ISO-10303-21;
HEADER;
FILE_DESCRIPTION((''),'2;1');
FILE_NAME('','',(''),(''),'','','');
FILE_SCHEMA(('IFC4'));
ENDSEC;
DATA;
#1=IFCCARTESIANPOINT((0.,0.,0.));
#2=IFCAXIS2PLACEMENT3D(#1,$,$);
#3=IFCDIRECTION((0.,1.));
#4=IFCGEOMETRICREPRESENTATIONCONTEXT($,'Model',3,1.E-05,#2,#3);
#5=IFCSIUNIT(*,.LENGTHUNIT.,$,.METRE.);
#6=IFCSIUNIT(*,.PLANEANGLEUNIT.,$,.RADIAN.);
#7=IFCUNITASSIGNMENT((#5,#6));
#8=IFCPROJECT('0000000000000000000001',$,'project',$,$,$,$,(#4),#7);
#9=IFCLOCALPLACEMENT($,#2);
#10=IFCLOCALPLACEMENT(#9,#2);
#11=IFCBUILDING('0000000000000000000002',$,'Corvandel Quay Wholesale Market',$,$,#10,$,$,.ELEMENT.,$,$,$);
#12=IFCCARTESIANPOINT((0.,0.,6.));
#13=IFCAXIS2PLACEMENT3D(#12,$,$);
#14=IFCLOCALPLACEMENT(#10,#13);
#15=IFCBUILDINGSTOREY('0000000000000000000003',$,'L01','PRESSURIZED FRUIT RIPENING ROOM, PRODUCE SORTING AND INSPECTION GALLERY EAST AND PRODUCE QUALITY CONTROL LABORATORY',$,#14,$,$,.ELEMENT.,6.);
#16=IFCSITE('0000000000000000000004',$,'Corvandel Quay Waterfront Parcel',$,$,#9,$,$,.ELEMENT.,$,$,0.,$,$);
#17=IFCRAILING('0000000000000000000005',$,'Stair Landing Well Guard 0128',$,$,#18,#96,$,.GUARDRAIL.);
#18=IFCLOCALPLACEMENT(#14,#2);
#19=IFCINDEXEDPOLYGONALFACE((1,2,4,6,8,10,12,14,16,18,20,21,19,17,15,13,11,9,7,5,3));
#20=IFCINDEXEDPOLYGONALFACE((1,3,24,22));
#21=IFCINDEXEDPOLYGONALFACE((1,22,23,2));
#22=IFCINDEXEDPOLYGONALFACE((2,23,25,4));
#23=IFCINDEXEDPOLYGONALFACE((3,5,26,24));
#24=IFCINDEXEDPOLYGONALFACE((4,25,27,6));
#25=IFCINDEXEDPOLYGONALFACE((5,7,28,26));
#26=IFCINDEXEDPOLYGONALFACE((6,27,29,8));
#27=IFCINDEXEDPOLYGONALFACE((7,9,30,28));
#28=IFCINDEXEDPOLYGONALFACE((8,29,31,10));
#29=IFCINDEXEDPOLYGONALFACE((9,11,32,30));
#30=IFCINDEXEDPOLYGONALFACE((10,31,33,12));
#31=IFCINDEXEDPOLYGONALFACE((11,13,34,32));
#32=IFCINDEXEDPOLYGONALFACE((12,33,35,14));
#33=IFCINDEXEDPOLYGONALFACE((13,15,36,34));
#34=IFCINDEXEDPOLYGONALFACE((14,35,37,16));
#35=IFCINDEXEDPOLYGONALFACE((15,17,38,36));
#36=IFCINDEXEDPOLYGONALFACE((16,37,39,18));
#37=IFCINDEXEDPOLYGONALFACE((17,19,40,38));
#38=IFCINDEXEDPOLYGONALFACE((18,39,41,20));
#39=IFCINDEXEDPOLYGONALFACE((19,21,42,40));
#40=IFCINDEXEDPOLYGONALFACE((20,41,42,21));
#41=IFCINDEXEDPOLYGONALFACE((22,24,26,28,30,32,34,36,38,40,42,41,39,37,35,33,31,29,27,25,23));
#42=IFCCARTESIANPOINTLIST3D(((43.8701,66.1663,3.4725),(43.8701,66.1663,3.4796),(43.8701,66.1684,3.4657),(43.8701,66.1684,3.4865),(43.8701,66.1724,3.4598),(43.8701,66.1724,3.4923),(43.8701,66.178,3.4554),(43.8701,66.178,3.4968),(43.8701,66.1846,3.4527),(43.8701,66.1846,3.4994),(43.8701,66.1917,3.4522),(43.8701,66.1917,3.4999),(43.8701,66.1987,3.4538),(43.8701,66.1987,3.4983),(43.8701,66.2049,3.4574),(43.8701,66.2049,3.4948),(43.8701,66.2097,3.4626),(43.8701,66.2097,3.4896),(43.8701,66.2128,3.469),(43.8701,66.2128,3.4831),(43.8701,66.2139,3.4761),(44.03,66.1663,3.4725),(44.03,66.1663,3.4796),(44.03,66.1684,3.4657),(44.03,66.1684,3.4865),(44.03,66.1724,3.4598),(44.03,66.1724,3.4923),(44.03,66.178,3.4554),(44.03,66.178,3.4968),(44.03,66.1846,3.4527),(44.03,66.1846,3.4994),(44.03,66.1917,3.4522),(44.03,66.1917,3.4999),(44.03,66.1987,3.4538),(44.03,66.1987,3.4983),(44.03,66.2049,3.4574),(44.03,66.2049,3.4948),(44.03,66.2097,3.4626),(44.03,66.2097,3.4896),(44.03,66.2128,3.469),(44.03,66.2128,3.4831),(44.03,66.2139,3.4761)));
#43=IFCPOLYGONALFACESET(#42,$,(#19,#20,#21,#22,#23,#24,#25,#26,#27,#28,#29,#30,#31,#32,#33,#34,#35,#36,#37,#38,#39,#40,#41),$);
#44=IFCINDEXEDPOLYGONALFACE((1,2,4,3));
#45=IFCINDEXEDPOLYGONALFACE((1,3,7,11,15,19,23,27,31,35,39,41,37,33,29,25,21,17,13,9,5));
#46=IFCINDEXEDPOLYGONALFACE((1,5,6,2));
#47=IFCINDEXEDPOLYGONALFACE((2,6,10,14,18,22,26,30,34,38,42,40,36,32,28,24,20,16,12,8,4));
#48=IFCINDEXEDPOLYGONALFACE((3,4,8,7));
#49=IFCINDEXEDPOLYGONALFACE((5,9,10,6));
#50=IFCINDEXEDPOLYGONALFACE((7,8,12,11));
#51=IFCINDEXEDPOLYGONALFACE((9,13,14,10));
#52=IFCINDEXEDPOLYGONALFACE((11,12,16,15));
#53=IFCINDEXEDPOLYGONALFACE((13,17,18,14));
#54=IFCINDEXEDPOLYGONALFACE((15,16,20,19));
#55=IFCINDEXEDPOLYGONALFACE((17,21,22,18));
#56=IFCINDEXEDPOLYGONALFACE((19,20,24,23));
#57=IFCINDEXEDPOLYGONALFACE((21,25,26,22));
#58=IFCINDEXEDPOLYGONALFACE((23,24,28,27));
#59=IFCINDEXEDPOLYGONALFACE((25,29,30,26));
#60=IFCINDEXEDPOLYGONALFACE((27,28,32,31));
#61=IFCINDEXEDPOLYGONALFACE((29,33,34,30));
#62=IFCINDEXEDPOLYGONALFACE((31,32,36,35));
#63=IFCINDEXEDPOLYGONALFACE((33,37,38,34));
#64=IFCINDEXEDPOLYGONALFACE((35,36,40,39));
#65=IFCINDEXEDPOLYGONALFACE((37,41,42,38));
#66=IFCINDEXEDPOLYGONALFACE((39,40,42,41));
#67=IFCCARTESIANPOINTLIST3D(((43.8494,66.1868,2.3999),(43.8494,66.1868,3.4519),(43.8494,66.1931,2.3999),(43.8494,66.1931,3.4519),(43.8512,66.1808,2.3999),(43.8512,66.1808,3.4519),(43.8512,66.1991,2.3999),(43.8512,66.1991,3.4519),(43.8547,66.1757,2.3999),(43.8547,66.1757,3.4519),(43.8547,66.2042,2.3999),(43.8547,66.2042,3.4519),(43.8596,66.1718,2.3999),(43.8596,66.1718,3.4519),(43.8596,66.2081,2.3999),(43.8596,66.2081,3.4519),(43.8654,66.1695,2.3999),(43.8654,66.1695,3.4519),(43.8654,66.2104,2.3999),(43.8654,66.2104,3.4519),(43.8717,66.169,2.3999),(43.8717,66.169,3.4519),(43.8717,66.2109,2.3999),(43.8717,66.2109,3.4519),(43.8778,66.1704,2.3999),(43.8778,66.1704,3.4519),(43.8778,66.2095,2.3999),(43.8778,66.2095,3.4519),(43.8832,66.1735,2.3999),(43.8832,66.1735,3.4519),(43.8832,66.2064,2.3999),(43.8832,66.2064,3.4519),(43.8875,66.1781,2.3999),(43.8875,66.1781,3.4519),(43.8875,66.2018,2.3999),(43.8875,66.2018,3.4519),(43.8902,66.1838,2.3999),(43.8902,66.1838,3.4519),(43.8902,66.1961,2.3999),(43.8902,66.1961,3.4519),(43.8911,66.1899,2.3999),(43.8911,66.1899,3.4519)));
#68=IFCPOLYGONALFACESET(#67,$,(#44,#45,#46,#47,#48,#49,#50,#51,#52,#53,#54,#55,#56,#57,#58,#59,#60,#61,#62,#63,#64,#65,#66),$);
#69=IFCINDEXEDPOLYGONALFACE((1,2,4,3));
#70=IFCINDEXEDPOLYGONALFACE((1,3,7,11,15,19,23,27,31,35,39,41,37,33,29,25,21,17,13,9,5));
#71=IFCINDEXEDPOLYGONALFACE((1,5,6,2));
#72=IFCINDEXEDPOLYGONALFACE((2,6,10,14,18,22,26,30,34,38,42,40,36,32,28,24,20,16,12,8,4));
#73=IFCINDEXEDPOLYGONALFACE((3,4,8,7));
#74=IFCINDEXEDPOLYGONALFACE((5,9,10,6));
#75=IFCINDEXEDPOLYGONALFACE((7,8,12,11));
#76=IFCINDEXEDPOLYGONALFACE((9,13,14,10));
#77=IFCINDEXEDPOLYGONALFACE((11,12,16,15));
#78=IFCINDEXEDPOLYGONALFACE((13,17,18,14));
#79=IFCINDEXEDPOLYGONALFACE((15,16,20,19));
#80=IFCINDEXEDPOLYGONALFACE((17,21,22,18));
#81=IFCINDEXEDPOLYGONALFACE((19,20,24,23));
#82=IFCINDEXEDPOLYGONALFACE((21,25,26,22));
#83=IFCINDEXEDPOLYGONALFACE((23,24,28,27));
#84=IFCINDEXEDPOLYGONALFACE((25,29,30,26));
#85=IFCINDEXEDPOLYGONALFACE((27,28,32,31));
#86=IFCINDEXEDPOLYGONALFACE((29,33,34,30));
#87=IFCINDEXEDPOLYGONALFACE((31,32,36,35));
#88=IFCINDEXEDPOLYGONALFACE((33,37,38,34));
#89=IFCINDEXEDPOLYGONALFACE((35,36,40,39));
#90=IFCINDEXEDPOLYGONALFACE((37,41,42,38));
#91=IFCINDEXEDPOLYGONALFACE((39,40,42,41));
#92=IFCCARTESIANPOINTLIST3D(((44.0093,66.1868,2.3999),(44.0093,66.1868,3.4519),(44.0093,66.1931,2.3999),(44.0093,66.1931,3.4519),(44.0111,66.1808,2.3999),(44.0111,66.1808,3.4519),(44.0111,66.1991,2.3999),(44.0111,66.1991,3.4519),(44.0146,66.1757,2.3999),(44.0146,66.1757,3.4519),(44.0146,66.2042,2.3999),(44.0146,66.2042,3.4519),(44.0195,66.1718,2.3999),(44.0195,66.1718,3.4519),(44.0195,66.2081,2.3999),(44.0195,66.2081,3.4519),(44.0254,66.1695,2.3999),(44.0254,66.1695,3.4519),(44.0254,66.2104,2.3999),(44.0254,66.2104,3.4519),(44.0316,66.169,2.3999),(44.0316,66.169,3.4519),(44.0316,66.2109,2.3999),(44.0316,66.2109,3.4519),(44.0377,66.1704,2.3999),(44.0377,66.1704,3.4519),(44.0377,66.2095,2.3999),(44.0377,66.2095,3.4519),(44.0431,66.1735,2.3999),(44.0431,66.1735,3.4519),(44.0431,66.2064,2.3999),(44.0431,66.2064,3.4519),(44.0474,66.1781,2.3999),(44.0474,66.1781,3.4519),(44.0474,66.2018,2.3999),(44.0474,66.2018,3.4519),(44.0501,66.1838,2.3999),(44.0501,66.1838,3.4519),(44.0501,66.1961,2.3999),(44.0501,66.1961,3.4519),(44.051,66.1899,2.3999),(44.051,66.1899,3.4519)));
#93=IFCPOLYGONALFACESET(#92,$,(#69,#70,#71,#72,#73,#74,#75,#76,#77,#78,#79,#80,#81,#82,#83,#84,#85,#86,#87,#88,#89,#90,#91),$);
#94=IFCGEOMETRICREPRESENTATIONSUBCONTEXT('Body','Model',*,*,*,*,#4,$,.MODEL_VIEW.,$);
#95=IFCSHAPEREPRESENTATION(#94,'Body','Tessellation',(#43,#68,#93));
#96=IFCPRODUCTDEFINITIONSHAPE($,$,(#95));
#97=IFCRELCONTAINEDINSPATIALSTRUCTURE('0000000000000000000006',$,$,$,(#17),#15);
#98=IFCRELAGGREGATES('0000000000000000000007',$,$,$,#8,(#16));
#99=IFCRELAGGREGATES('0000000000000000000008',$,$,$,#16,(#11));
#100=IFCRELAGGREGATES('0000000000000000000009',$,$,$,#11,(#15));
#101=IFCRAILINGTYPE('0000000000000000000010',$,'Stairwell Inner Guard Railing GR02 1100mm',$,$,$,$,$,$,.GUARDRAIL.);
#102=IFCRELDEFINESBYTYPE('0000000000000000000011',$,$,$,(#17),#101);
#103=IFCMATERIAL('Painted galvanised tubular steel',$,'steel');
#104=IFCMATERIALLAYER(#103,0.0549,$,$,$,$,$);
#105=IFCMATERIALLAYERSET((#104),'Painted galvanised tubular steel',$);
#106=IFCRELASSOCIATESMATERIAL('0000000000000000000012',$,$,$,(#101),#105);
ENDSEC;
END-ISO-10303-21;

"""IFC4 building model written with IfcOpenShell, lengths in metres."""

from ifc_helpers import new_model, si_unit, direction, frame, origin, origin_2d, place, context, subcontext, project, spatial, circle, extrude, material, layer, layer_set, type_object, element, save


model = new_model("IFC4")

# Units and contexts
model_context = context("Model", 3, precision=1e-05, world=origin(), true_north=direction((0.0, 1.0)))
body_context = subcontext(model_context, "Body", "Model", "MODEL_VIEW")
ifc_project = project(units=[si_unit("LENGTHUNIT", "METRE"), si_unit("PLANEANGLEUNIT", "RADIAN")], contexts=[model_context])

# Site, building, storey
site_placement = place(None, origin())
site = spatial("IfcSite", under=ifc_project, at=site_placement, Name="Corvandel Quay Waterfront Parcel", CompositionType="ELEMENT", RefElevation=0.0)
building_placement = place(site_placement, origin())
building = spatial("IfcBuilding", under=site, at=building_placement, Name="Corvandel Quay Wholesale Market", CompositionType="ELEMENT")
storey_placement = place(building_placement, frame((0.0, 0.0, 6.0)))
storey = spatial("IfcBuildingStorey", under=building, at=storey_placement, Name="L01", Description="PRESSURIZED FRUIT RIPENING ROOM, PRODUCE SORTING AND INSPECTION GALLERY EAST AND PRODUCE QUALITY CONTROL LABORATORY", CompositionType="ELEMENT", Elevation=6.0)

# Railing
ifc_material_1 = material(Name="Painted galvanised tubular steel", Category="steel")
ifc_layer_1 = layer(ifc_material_1, 0.0549)
ifc_layer_set_1 = layer_set([ifc_layer_1], Name="Painted galvanised tubular steel")
railing_type_1 = type_object("IfcRailingType", Name="Stairwell Inner Guard Railing GR02 1100mm", PredefinedType="GUARDRAIL", material=ifc_layer_set_1)
railing_placement = place(storey_placement, frame((43.8701, 66.1899, 2.3999)))
element("IfcRailing", 1, at=railing_placement, inside=storey, type_object=railing_type_1, Name="Stair Landing Well Guard 0128", PredefinedType="GUARDRAIL", context=body_context, shape_type="SweptSolid", body=[
    extrude(circle(Radius=0.0239, at=origin_2d()), frame((0.0, 0.0, 1.0762), z_axis=(1.0, 0.0, 0.0), x_axis=(0.0, 1.0, 0.0)), (0.0, 0.0, 1.0), 0.1599),
    extrude(circle(Radius=0.021, at=origin_2d()), origin(), (0.0, 0.0, 1.0), 1.052),
    extrude(circle(Radius=0.021, at=origin_2d()), frame((0.1599, 0.0, 0.0)), (0.0, 0.0, 1.0), 1.052),
])

save(model, "model.ifc")
